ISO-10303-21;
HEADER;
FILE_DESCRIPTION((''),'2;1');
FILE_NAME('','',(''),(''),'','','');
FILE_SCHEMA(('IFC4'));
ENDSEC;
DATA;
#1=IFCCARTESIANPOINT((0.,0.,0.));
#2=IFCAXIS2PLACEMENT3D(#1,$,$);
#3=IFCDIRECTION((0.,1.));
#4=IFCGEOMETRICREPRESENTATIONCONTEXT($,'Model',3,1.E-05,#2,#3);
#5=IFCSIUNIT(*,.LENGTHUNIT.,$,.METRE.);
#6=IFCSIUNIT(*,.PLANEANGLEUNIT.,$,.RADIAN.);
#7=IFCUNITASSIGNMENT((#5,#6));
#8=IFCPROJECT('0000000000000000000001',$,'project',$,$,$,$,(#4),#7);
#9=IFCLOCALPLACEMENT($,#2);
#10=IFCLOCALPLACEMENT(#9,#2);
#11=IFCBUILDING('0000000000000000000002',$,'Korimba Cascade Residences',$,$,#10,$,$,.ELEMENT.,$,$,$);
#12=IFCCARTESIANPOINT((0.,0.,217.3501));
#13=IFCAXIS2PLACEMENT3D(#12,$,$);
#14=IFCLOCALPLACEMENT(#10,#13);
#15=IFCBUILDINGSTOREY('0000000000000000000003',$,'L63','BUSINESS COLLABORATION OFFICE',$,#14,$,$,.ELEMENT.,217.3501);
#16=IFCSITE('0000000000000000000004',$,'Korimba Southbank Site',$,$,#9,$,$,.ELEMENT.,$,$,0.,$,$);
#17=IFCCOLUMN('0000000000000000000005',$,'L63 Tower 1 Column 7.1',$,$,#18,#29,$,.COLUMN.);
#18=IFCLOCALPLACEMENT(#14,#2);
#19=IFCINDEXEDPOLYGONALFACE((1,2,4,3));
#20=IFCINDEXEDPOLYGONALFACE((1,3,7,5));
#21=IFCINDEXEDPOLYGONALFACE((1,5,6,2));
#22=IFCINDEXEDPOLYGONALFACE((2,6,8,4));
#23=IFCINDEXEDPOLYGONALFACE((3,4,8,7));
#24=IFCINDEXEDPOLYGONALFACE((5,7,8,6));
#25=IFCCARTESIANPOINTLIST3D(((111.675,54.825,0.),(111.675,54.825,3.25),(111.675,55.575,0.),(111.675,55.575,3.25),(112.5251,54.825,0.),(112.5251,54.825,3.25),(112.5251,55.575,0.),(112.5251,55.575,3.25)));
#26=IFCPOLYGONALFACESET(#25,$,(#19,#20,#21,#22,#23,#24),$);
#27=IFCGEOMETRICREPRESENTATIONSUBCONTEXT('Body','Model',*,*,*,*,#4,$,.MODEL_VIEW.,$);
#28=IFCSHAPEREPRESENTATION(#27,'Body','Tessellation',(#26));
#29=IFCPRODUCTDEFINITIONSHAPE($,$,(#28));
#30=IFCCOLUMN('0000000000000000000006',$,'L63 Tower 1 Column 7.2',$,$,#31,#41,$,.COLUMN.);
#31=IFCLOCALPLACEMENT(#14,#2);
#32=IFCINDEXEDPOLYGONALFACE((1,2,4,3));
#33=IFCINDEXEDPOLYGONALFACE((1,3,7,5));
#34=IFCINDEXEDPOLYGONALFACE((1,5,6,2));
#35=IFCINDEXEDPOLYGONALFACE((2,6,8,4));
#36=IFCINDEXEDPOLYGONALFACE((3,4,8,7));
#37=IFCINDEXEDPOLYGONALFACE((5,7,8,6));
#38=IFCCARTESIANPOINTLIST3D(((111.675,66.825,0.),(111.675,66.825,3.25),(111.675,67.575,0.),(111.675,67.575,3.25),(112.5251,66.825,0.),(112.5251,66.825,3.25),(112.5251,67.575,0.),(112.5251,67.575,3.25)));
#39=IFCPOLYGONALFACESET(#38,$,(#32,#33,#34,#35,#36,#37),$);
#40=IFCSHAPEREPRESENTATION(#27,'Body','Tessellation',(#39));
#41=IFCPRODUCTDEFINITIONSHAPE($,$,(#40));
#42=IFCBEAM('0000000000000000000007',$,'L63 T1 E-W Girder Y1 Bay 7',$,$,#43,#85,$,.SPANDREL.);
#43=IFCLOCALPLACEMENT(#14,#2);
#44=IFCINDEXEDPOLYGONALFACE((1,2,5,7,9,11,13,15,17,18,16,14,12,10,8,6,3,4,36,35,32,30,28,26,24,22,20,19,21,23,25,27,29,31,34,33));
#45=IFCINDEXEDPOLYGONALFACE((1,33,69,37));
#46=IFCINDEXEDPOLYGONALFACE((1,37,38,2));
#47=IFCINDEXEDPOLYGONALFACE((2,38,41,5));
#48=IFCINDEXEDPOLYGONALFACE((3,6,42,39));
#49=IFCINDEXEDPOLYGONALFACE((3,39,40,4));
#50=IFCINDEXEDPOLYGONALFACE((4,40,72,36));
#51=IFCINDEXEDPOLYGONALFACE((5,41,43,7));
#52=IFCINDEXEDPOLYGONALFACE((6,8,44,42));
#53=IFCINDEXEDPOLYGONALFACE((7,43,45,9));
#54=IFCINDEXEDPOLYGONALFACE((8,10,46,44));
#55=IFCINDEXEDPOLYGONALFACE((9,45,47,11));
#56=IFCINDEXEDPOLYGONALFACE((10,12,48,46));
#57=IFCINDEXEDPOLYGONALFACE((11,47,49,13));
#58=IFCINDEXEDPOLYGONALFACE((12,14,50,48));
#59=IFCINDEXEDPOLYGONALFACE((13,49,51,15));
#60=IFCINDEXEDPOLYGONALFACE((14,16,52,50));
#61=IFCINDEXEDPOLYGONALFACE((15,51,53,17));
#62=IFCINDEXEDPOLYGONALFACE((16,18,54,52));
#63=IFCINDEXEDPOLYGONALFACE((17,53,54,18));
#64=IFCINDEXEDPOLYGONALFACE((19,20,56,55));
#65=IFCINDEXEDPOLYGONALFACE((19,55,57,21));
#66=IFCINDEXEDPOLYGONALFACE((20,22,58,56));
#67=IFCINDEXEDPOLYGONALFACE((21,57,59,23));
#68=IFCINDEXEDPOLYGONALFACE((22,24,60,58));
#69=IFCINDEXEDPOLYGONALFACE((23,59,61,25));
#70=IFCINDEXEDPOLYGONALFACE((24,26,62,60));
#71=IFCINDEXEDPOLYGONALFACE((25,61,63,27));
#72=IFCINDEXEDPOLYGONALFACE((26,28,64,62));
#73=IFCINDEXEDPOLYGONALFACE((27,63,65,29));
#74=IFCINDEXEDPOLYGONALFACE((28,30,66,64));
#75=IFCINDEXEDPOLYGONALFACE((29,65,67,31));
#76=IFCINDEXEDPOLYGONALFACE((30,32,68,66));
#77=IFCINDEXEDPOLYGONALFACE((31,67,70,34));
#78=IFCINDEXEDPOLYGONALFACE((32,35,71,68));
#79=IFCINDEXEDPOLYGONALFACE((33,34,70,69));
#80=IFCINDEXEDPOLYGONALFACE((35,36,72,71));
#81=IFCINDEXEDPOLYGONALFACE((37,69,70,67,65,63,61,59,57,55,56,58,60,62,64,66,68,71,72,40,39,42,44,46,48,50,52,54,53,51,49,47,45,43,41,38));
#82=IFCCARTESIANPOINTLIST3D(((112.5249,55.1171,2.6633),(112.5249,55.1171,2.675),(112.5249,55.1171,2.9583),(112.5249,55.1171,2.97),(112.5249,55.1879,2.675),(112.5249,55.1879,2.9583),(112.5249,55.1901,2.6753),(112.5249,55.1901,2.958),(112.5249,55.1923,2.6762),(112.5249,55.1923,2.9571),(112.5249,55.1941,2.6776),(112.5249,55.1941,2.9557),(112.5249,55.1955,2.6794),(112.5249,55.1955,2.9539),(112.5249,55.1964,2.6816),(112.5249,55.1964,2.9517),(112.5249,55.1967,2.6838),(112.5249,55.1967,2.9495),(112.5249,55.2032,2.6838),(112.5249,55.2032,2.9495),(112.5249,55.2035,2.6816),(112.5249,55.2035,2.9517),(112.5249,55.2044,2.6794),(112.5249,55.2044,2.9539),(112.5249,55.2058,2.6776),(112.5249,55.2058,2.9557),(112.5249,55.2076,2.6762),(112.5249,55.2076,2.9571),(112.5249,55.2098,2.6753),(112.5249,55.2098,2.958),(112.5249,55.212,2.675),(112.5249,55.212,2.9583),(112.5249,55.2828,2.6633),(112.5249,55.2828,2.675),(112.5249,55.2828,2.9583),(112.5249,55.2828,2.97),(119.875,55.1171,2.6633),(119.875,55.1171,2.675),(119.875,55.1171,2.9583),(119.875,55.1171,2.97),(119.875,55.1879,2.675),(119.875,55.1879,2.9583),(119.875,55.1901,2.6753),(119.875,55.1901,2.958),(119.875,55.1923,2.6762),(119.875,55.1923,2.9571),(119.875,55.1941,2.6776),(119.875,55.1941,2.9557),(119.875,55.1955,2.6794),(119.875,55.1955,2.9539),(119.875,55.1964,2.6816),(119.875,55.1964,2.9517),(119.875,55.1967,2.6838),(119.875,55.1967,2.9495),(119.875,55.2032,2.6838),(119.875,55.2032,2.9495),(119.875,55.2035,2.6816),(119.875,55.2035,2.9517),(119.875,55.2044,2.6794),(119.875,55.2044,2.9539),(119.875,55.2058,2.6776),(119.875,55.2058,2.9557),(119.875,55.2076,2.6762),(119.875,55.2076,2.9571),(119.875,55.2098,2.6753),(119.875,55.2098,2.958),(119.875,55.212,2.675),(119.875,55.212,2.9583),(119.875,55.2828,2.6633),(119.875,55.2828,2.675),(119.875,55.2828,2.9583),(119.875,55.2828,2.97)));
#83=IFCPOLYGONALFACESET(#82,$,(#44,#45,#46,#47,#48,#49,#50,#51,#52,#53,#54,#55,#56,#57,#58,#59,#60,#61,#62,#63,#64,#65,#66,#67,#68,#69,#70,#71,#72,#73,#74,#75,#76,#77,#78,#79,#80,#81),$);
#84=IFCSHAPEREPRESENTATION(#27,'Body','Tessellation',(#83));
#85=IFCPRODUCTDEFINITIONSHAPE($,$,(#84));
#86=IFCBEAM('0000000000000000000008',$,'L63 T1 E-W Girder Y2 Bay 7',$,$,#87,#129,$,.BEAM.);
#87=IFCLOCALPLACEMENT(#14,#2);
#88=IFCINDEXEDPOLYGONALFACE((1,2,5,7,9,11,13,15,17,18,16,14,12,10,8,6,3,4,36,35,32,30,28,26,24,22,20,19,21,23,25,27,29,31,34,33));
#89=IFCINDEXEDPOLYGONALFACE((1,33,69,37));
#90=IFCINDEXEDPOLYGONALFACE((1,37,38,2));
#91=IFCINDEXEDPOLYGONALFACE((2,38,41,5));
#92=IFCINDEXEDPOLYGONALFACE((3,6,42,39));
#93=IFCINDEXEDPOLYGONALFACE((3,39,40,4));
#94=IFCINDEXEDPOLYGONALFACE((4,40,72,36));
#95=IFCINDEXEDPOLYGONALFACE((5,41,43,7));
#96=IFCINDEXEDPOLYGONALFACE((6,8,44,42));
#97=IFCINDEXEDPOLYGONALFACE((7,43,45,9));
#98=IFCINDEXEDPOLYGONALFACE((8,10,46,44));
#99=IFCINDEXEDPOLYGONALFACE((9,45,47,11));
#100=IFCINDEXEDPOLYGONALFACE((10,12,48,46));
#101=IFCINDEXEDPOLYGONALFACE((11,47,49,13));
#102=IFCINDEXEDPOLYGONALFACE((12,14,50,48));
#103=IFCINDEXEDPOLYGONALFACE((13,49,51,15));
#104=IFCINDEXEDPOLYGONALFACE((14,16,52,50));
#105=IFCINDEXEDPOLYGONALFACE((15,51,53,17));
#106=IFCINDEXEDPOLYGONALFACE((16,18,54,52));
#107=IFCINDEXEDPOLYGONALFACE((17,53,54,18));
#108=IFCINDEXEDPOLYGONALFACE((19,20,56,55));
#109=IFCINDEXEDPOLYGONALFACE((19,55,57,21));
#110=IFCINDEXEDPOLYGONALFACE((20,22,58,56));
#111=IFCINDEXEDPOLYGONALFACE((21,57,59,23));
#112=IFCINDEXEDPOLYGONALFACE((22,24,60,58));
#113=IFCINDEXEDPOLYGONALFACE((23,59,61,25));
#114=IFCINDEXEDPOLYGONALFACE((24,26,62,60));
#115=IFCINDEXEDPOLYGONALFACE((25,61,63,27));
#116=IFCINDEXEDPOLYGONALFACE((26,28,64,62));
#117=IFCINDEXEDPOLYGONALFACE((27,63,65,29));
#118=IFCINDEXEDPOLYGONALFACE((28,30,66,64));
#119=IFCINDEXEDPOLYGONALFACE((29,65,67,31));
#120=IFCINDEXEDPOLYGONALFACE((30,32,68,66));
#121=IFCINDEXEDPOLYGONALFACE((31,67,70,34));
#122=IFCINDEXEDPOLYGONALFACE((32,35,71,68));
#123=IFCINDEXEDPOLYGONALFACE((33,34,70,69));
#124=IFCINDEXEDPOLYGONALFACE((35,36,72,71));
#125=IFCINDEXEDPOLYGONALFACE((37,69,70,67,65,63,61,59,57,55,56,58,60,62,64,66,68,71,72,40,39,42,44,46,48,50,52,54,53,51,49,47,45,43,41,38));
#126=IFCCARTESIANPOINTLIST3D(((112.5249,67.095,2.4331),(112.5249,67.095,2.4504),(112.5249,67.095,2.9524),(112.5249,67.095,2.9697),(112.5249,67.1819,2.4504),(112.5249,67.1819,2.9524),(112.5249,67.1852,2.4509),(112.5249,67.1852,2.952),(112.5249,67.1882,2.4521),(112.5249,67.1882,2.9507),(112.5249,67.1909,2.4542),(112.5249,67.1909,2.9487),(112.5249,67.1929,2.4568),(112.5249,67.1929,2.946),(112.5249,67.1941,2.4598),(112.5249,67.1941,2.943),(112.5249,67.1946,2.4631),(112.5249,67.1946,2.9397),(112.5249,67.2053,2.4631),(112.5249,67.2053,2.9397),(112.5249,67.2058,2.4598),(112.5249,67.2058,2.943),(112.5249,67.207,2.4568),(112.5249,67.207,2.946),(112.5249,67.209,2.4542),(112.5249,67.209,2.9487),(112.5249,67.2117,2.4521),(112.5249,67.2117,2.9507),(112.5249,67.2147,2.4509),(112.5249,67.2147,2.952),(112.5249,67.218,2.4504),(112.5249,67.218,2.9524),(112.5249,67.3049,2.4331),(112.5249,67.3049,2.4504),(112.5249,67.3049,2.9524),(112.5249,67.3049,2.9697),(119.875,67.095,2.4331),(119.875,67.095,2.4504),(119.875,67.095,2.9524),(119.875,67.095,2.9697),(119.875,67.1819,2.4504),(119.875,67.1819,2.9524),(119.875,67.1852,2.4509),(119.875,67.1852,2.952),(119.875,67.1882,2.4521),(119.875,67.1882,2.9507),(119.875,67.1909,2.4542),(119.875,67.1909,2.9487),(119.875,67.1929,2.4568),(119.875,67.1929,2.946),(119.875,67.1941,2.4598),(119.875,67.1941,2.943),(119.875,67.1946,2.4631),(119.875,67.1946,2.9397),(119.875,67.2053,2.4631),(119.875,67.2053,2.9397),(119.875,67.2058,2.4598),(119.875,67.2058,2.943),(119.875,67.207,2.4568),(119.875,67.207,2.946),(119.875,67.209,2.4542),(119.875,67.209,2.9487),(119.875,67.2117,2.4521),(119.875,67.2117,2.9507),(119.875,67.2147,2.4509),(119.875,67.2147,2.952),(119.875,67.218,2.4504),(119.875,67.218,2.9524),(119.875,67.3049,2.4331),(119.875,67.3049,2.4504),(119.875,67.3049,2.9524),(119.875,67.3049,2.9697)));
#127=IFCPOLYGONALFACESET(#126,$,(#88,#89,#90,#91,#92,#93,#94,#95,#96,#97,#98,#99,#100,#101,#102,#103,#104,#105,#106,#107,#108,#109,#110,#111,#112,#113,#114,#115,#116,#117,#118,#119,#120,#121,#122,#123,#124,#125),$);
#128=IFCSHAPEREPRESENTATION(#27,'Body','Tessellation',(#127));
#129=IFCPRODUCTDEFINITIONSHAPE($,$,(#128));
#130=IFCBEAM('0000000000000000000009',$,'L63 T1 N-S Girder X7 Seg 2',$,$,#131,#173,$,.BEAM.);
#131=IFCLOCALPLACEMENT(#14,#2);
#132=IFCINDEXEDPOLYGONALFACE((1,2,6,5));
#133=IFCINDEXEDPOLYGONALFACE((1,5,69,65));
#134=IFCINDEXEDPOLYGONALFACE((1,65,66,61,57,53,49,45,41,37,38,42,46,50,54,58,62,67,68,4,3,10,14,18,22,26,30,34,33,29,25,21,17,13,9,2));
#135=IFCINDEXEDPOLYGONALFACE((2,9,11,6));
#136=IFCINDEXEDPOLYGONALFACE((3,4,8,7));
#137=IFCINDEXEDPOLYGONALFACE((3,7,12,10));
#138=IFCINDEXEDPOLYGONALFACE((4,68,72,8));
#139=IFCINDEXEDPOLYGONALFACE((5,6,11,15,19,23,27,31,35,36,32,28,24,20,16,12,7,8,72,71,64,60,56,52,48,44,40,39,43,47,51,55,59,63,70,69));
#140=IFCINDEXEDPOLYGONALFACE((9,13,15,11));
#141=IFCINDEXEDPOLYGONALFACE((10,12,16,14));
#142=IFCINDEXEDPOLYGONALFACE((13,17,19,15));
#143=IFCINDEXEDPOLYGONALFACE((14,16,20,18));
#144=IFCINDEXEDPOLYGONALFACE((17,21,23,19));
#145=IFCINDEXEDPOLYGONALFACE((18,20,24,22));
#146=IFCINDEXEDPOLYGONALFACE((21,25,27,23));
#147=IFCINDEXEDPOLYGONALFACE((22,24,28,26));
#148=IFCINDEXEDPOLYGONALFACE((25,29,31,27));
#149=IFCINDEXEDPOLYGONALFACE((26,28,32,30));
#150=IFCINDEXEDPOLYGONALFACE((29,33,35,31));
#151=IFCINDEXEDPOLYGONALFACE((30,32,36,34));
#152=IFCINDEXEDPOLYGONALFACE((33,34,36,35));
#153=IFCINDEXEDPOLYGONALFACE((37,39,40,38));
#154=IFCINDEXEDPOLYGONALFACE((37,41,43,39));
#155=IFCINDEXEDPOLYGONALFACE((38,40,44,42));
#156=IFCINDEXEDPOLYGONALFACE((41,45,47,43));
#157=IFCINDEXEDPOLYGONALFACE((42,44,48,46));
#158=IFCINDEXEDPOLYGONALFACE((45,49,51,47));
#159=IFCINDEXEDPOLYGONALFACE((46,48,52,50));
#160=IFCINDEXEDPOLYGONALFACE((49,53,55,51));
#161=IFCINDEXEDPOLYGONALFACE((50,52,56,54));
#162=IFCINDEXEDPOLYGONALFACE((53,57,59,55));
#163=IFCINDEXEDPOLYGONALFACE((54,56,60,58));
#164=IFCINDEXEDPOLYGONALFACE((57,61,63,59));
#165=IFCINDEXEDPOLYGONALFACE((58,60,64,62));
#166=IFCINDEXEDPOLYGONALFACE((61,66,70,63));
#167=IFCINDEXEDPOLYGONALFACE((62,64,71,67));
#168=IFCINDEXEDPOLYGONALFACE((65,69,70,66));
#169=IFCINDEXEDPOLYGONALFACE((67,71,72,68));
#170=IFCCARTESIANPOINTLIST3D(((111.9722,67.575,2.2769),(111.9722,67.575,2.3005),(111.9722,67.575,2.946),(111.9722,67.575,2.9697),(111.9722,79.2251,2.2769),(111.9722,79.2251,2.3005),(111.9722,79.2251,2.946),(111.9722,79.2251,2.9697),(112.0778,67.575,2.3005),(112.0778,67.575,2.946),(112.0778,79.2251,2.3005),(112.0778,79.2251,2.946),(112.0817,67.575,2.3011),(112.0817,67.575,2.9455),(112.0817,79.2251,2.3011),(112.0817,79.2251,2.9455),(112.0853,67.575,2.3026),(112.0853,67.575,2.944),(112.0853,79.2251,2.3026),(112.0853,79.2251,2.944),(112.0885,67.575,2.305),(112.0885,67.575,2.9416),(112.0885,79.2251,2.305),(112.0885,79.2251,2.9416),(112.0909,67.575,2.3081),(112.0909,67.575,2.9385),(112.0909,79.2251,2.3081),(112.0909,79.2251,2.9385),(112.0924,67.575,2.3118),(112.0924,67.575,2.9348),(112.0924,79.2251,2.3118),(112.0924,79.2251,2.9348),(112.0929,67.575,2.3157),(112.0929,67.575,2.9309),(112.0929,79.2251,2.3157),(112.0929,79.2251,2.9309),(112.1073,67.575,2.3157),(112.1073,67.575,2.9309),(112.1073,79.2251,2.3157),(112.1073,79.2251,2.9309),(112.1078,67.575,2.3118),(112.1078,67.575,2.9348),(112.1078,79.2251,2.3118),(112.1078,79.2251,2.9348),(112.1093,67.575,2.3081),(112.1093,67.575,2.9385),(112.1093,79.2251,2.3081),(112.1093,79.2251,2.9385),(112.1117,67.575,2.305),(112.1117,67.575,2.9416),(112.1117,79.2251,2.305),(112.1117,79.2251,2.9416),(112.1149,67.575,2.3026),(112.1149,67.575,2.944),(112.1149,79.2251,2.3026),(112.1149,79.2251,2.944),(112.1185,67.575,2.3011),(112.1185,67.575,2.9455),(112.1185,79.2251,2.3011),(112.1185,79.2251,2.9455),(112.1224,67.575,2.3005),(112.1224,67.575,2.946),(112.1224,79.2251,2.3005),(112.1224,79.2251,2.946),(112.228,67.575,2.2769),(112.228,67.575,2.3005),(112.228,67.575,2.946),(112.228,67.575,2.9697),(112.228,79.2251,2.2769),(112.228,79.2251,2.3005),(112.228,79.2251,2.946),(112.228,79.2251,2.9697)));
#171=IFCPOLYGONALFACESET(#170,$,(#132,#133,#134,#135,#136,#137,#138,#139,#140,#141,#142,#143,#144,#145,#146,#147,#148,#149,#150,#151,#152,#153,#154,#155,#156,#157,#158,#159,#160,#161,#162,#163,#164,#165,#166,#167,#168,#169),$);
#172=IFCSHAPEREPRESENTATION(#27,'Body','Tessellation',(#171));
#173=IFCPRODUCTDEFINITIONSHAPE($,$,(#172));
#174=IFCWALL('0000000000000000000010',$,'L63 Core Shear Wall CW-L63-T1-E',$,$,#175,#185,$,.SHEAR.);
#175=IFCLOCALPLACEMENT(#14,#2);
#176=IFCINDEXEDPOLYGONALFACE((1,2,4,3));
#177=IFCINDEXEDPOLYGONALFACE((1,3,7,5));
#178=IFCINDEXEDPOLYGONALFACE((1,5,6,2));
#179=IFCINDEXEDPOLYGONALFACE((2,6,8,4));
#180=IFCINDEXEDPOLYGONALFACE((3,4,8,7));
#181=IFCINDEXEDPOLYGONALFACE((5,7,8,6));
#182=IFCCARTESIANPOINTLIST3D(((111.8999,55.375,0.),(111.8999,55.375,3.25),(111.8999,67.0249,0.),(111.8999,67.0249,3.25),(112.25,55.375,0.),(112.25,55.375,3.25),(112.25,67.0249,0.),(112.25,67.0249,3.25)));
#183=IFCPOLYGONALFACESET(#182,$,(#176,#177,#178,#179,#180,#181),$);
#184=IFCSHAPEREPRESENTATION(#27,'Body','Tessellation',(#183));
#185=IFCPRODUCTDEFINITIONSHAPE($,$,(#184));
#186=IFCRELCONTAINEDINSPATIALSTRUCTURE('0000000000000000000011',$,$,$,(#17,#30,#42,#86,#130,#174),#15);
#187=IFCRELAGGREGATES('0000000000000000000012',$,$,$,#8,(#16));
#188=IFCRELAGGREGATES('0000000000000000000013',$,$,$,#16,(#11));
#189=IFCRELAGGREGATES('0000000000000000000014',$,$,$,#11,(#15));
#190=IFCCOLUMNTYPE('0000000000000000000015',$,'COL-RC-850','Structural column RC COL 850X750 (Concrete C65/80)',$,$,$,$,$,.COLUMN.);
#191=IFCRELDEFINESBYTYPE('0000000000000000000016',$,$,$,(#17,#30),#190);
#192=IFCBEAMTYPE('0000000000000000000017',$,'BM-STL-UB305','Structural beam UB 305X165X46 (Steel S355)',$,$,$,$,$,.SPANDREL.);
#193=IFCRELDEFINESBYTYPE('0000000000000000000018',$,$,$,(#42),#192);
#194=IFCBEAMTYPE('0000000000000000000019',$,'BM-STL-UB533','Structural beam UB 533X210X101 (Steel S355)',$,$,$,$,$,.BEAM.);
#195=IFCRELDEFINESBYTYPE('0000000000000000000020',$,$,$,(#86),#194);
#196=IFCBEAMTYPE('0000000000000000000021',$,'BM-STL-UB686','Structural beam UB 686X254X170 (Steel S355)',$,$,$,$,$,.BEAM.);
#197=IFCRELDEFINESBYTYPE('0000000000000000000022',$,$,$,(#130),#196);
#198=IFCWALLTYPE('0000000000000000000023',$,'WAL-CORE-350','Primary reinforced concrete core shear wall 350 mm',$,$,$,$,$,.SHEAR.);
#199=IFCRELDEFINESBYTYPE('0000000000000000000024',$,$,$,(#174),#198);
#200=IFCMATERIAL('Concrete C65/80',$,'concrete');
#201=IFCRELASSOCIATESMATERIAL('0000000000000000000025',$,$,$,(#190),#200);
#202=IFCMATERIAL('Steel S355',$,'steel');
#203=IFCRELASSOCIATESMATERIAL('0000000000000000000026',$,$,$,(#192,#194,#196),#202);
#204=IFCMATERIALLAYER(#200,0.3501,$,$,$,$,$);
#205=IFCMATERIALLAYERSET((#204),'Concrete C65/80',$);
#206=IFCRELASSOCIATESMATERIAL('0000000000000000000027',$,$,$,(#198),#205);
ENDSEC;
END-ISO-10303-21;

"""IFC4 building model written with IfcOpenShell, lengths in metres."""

from ifc_helpers import new_model, si_unit, direction, frame, frame_2d, origin, origin_2d, place, context, subcontext, project, spatial, rectangle, i_section, extrude, material, layer, layer_set, material_profile, profile_set, type_object, element, save


model = new_model("IFC4")

# Units and contexts
model_context = context("Model", 3, precision=1e-05, world=origin(), true_north=direction((0.0, 1.0)))
body_context = subcontext(model_context, "Body", "Model", "MODEL_VIEW")
ifc_project = project(units=[si_unit("LENGTHUNIT", "METRE"), si_unit("PLANEANGLEUNIT", "RADIAN")], contexts=[model_context])

# Site, building, storey
site_placement = place(None, origin())
site = spatial("IfcSite", under=ifc_project, at=site_placement, Name="Korimba Southbank Site", CompositionType="ELEMENT", RefElevation=0.0)
building_placement = place(site_placement, origin())
building = spatial("IfcBuilding", under=site, at=building_placement, Name="Korimba Cascade Residences", CompositionType="ELEMENT")
storey_placement = place(building_placement, frame((0.0, 0.0, 217.3501)))
storey = spatial("IfcBuildingStorey", under=building, at=storey_placement, Name="L63", Description="BUSINESS COLLABORATION OFFICE", CompositionType="ELEMENT", Elevation=217.3501)

# Columns
ifc_material_1 = material(Name="Concrete C65/80", Category="concrete")
ifc_material_profile_1 = material_profile(ifc_material_1, rectangle(XDim=0.8501, YDim=0.75, at=origin_2d()), Name="Concrete C65/80")
ifc_profile_set_1 = profile_set([ifc_material_profile_1], Name="Concrete C65/80")
column_type = type_object("IfcColumnType", Name="COL-RC-850", Description="Structural column RC COL 850X750 (Concrete C65/80)", PredefinedType="COLUMN", material=ifc_profile_set_1)
for number, where, z_axis, x_axis, name in (
    (1, (112.1001, 55.2, 0.0), (0.0, 0.0, 1.0), (1.0, 0.0, 0.0), "L63 Tower 1 Column 7.1"),
    (2, (112.1001, 67.2, 0.0), (0.0, 0.0, 1.0), (1.0, 0.0, 0.0), "L63 Tower 1 Column 7.2"),
):
    element("IfcColumn", number, at=place(storey_placement, frame(where, z_axis=z_axis, x_axis=x_axis)), inside=storey, type_object=column_type, Name=name, PredefinedType="COLUMN", context=body_context, shape_type="SweptSolid", body=[
        extrude(rectangle(XDim=0.8501, YDim=0.75, at=origin_2d()), origin(), (0.0, 0.0, 1.0), 3.25),
    ])

# Beams
ifc_material_2 = material(Name="Steel S355", Category="steel")
ifc_material_profile_2 = material_profile(ifc_material_2, i_section(OverallWidth=0.1658, OverallDepth=0.3066, WebThickness=0.0066, FlangeThickness=0.0117, FilletRadius=0.0088, at=origin_2d()), Name="Steel S355")
ifc_profile_set_2 = profile_set([ifc_material_profile_2], Name="Steel S355")
beam_type_1 = type_object("IfcBeamType", Name="BM-STL-UB305", Description="Structural beam UB 305X165X46 (Steel S355)", PredefinedType="SPANDREL", material=ifc_profile_set_2)
beam_1_placement = place(storey_placement, frame((112.5249, 55.2, 2.8167), z_axis=(1.0, 0.0, 0.0), x_axis=(0.0, 1.0, 0.0)))
element("IfcBeam", 3, at=beam_1_placement, inside=storey, type_object=beam_type_1, Name="L63 T1 E-W Girder Y1 Bay 7", PredefinedType="SPANDREL", context=body_context, shape_type="SweptSolid", body=[
    extrude(i_section(OverallWidth=0.1658, OverallDepth=0.3066, WebThickness=0.0066, FlangeThickness=0.0117, FilletRadius=0.0088, at=origin_2d()), origin(), (0.0, 0.0, 1.0), 7.3501),
])
ifc_material_profile_3 = material_profile(ifc_material_2, i_section(OverallWidth=0.21, OverallDepth=0.5366, WebThickness=0.0107, FlangeThickness=0.0173, FilletRadius=0.0127, at=origin_2d()), Name="Steel S355")
ifc_profile_set_3 = profile_set([ifc_material_profile_3], Name="Steel S355")
beam_type_2 = type_object("IfcBeamType", Name="BM-STL-UB533", Description="Structural beam UB 533X210X101 (Steel S355)", PredefinedType="BEAM", material=ifc_profile_set_3)
beam_2_placement = place(storey_placement, frame((112.5249, 67.2, 2.7014), z_axis=(1.0, 0.0, 0.0), x_axis=(0.0, 1.0, 0.0)))
element("IfcBeam", 4, at=beam_2_placement, inside=storey, type_object=beam_type_2, Name="L63 T1 E-W Girder Y2 Bay 7", PredefinedType="BEAM", context=body_context, shape_type="SweptSolid", body=[
    extrude(i_section(OverallWidth=0.21, OverallDepth=0.5366, WebThickness=0.0107, FlangeThickness=0.0173, FilletRadius=0.0127, at=origin_2d()), origin(), (0.0, 0.0, 1.0), 7.3501),
])
ifc_material_profile_4 = material_profile(ifc_material_2, i_section(OverallWidth=0.2559, OverallDepth=0.6929, WebThickness=0.0144, FlangeThickness=0.0237, FilletRadius=0.0151, at=origin_2d()), Name="Steel S355")
ifc_profile_set_4 = profile_set([ifc_material_profile_4], Name="Steel S355")
beam_type_3 = type_object("IfcBeamType", Name="BM-STL-UB686", Description="Structural beam UB 686X254X170 (Steel S355)", PredefinedType="BEAM", material=ifc_profile_set_4)
beam_3_placement = place(storey_placement, frame((112.1001, 67.575, 2.6233), z_axis=(0.0, 1.0, 0.0), x_axis=(-1.0, 0.0, 0.0)))
element("IfcBeam", 5, at=beam_3_placement, inside=storey, type_object=beam_type_3, Name="L63 T1 N-S Girder X7 Seg 2", PredefinedType="BEAM", context=body_context, shape_type="SweptSolid", body=[
    extrude(i_section(OverallWidth=0.2559, OverallDepth=0.6929, WebThickness=0.0144, FlangeThickness=0.0237, FilletRadius=0.0151, at=origin_2d()), origin(), (0.0, 0.0, 1.0), 11.6501),
])

# Wall
ifc_layer_1 = layer(ifc_material_1, 0.3501)
ifc_layer_set_1 = layer_set([ifc_layer_1], Name="Concrete C65/80")
wall_type_1 = type_object("IfcWallType", Name="WAL-CORE-350", Description="Primary reinforced concrete core shear wall 350 mm", PredefinedType="SHEAR", material=ifc_layer_set_1)
wall_1_placement = place(storey_placement, frame((112.075, 55.375, 0.0), z_axis=(0.0, 0.0, 1.0), x_axis=(0.0, 1.0, 0.0)))
element("IfcWall", 6, at=wall_1_placement, inside=storey, type_object=wall_type_1, Name="L63 Core Shear Wall CW-L63-T1-E", PredefinedType="SHEAR", context=body_context, shape_type="SweptSolid", body=[
    extrude(rectangle(XDim=11.6499, YDim=0.3501, at=frame_2d((5.825, 0.0))), origin(), (0.0, 0.0, 1.0), 3.25),
])

save(model, "model.ifc")
